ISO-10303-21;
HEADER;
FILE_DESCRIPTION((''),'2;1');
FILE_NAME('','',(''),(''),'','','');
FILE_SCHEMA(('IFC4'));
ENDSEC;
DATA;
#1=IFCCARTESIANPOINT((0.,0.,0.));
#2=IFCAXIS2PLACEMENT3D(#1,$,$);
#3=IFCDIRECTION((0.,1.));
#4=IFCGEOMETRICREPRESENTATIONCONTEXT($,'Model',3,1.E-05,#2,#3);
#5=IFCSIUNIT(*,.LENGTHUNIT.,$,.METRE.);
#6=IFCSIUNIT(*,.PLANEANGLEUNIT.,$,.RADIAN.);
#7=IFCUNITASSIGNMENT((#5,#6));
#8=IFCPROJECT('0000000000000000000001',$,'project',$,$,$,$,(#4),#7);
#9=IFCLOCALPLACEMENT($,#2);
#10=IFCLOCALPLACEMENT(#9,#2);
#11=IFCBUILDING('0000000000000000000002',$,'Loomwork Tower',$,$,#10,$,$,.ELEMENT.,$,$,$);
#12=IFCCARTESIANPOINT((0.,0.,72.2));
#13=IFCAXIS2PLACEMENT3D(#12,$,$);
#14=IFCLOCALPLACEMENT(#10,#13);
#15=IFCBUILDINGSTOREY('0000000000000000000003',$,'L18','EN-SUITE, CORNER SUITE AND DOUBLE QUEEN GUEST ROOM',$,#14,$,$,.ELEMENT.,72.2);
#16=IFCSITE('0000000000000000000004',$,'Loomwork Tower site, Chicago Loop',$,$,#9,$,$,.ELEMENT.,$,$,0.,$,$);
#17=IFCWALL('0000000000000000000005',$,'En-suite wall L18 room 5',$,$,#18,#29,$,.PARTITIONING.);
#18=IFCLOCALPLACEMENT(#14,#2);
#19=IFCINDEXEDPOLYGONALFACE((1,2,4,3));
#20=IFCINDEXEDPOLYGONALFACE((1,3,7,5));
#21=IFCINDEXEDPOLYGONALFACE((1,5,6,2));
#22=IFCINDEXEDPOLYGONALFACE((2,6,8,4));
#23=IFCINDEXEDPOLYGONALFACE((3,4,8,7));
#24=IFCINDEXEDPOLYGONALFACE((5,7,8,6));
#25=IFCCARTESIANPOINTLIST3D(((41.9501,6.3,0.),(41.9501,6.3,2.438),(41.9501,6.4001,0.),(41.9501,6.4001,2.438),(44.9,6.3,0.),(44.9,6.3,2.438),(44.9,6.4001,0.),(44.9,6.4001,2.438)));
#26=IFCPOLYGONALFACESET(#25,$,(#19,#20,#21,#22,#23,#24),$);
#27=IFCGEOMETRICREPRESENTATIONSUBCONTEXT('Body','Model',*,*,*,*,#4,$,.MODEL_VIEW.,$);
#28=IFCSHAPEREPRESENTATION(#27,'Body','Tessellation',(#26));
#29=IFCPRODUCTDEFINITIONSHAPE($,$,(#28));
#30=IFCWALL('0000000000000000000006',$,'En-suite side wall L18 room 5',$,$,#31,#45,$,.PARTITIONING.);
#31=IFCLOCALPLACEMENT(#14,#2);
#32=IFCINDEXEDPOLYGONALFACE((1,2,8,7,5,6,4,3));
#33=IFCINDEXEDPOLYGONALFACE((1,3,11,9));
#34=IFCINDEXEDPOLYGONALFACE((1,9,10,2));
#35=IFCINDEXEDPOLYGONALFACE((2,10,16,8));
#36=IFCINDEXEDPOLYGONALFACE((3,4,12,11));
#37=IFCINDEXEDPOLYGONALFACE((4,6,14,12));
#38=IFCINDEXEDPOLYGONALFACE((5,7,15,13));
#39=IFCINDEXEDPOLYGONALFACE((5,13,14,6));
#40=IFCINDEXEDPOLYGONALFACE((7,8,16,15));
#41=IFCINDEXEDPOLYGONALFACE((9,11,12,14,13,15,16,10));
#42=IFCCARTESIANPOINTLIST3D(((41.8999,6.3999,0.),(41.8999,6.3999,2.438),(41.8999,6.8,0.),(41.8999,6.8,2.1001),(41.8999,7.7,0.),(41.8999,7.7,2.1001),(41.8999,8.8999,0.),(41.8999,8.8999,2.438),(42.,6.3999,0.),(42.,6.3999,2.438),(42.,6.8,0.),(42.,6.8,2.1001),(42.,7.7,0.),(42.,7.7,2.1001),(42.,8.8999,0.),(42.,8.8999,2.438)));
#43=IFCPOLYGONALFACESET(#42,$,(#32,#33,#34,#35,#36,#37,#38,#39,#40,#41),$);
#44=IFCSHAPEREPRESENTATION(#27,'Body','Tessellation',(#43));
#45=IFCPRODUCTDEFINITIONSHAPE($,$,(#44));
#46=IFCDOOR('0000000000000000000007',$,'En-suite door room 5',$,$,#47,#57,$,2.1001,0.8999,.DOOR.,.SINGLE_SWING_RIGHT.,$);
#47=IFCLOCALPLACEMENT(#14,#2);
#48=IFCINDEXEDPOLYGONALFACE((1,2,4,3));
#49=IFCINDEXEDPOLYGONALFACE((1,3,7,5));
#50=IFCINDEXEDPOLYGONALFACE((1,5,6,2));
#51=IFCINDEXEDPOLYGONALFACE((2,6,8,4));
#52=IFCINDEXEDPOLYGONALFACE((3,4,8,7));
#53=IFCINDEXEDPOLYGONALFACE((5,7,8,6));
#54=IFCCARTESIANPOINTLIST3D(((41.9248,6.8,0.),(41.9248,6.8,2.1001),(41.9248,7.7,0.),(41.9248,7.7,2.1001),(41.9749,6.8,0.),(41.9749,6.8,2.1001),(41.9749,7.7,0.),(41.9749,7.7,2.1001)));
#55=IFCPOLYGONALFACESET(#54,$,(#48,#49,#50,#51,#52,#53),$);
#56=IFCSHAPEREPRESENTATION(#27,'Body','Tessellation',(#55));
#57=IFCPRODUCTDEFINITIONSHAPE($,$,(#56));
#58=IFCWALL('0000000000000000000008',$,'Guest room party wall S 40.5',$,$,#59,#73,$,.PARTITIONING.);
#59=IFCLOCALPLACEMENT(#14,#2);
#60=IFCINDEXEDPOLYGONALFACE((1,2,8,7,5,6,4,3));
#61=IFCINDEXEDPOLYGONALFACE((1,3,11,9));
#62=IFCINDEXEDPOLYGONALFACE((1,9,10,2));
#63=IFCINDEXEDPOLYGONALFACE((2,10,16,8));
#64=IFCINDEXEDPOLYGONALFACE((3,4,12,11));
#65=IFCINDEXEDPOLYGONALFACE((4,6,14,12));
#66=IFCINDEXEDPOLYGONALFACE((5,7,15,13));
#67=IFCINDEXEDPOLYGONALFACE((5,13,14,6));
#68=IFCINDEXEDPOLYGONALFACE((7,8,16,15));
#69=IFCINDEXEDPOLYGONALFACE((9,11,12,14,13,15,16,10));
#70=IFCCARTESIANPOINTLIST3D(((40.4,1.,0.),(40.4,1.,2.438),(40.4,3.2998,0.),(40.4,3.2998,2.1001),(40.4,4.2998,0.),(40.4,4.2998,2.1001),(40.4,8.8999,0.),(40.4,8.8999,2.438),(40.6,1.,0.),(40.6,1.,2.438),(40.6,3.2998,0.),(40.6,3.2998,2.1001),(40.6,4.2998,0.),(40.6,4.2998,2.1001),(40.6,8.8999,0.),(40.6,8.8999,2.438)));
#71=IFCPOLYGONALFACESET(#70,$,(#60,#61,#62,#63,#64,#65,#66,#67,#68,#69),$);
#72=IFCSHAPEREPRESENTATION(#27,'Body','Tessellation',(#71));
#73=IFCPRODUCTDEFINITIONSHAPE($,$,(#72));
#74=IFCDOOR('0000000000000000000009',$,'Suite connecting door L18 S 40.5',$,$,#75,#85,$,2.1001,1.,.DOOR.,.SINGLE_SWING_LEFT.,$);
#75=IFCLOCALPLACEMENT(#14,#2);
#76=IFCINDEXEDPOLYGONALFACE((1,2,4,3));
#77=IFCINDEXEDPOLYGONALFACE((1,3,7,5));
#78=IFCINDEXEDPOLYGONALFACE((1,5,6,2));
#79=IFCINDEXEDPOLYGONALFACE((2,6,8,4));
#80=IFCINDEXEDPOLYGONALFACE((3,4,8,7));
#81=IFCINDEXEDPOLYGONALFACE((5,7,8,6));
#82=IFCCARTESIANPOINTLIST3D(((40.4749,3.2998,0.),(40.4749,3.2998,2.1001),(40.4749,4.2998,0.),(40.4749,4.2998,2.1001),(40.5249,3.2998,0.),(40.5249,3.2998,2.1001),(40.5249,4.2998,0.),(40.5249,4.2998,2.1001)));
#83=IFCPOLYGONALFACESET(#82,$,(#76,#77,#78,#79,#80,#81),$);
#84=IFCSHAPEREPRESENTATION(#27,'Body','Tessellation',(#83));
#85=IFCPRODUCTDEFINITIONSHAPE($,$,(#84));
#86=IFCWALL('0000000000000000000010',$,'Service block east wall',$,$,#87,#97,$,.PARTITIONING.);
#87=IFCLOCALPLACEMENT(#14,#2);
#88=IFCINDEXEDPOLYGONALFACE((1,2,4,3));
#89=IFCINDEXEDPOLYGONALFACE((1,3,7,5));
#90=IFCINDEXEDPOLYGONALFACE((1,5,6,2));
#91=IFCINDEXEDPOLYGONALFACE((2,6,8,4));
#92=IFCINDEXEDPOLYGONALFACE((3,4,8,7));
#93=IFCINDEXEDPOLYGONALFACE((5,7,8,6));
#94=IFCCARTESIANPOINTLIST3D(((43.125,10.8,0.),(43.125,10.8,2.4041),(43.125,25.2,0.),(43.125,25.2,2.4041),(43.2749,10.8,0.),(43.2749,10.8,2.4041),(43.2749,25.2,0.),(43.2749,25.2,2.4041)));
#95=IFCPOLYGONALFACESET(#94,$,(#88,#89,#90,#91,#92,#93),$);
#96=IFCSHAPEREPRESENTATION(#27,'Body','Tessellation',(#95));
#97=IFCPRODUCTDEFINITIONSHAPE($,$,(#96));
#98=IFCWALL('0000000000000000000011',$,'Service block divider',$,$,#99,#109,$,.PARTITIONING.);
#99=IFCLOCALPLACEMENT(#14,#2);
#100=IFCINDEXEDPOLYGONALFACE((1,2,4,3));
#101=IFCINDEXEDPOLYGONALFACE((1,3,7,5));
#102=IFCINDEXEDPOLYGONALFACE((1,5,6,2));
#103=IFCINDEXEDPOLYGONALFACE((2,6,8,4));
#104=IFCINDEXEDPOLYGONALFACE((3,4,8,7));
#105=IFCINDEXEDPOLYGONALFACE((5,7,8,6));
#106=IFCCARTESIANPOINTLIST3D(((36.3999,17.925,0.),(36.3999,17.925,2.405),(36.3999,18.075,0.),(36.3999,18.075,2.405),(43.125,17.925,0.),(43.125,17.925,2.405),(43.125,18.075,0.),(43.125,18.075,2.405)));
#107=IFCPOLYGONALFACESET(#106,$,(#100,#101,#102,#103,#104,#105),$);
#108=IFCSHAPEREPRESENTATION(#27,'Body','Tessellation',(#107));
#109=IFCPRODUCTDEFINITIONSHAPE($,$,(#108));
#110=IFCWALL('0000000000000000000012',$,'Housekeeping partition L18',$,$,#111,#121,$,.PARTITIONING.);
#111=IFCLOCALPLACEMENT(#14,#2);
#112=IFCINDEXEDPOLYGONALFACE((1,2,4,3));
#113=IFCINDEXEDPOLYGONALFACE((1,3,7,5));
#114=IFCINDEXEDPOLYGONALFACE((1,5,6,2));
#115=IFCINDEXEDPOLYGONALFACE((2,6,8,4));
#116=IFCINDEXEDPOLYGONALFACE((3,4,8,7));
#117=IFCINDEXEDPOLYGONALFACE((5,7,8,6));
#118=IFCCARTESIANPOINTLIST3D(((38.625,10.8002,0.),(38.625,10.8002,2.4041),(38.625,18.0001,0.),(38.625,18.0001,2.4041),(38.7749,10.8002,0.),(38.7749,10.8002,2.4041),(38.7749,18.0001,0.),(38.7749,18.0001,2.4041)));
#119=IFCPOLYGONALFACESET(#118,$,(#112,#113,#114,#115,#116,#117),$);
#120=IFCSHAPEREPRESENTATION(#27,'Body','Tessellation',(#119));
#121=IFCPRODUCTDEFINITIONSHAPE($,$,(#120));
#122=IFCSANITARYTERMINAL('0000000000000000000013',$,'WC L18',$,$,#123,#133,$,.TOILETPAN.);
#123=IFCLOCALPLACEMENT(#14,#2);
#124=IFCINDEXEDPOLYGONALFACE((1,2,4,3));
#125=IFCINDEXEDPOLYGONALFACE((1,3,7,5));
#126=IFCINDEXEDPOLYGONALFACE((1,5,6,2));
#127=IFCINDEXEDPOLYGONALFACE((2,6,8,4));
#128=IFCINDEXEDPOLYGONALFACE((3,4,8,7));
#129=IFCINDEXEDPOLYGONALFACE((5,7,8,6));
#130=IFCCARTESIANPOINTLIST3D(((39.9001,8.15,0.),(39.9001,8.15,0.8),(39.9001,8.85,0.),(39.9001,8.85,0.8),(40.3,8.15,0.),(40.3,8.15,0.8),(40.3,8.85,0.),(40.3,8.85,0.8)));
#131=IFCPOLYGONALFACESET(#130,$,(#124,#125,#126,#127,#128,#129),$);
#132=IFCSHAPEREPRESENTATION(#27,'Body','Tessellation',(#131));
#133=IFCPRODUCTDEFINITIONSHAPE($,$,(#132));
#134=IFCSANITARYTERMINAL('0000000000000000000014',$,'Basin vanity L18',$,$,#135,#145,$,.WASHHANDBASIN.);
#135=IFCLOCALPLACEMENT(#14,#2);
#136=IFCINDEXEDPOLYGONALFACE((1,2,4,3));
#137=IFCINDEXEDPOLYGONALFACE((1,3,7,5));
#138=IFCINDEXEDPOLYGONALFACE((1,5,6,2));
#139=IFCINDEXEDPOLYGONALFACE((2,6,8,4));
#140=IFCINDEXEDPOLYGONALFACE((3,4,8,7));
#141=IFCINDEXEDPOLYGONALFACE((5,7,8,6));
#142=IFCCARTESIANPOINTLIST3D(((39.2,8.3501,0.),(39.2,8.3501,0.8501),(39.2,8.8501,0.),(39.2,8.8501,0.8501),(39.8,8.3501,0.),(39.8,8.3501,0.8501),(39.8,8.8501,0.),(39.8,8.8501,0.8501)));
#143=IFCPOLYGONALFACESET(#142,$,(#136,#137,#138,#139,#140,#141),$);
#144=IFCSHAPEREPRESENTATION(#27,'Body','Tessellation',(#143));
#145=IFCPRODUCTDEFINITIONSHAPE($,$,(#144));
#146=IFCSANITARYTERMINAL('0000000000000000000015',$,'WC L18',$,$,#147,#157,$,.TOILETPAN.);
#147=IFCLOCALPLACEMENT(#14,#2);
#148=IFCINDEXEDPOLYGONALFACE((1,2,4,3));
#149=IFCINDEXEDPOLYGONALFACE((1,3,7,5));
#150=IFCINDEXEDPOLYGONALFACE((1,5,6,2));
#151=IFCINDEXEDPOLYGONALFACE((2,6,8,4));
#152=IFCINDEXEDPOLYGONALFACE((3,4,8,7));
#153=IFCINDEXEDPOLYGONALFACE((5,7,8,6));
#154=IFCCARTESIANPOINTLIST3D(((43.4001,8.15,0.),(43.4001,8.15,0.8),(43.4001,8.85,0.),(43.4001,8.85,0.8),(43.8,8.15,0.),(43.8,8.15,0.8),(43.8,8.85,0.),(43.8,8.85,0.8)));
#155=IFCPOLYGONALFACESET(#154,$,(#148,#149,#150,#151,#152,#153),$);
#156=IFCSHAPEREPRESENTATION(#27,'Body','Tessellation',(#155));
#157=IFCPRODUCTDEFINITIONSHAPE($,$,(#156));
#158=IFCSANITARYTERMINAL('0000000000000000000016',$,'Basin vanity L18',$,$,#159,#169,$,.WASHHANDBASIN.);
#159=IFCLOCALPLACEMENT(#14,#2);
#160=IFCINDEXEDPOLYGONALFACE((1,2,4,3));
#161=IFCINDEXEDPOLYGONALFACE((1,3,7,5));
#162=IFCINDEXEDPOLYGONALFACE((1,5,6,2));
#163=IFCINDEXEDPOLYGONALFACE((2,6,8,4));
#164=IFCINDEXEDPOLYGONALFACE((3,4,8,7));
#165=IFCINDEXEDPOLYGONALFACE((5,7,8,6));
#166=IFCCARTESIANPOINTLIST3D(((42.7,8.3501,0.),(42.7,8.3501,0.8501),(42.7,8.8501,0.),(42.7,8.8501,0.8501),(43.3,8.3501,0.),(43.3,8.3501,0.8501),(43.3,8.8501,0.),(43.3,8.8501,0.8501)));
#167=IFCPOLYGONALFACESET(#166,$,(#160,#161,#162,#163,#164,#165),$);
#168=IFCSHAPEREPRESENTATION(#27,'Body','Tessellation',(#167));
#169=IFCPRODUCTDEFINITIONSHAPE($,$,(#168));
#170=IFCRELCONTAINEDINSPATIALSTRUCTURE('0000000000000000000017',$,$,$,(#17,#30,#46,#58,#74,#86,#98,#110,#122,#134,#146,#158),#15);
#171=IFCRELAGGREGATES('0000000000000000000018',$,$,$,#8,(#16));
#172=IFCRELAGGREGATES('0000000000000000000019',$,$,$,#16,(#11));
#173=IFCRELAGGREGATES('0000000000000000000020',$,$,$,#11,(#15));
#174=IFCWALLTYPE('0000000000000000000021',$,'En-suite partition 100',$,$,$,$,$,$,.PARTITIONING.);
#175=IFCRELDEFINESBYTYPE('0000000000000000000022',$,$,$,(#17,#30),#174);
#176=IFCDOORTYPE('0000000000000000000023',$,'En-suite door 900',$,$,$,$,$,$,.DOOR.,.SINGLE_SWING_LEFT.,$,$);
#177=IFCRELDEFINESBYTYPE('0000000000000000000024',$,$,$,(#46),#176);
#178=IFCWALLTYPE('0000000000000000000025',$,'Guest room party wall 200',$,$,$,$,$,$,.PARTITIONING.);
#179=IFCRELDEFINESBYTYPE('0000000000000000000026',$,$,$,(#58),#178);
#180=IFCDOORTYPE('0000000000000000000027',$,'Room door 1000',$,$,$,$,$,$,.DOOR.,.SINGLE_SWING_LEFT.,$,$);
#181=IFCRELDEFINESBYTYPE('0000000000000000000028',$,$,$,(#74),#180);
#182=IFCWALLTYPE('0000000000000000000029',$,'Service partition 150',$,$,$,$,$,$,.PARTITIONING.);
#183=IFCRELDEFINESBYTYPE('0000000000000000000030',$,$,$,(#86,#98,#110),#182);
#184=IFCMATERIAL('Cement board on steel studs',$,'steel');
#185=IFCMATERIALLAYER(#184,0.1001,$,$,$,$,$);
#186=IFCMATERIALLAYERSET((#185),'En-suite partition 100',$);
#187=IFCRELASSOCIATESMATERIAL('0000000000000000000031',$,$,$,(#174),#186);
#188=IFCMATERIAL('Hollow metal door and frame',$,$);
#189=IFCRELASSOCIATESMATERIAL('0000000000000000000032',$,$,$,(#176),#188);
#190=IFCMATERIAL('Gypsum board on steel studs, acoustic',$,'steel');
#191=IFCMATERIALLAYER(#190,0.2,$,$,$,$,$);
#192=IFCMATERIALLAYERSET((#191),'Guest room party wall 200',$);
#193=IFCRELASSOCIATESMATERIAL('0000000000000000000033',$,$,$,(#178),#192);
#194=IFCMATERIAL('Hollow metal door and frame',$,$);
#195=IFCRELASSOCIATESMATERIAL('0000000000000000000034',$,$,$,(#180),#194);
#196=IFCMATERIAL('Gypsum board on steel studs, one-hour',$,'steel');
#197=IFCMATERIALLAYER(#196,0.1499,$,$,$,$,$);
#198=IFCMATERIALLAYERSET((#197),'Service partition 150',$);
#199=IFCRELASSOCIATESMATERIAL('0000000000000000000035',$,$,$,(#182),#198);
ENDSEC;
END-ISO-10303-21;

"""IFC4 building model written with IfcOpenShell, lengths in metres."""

from ifc_helpers import new_model, si_unit, direction, frame, frame_2d, origin, origin_2d, place, context, subcontext, project, spatial, rectangle, extrude, material, layer, layer_set, type_object, element, fill, save


model = new_model("IFC4")

# Units and contexts
model_context = context("Model", 3, precision=1e-05, world=origin(), true_north=direction((0.0, 1.0)))
body_context = subcontext(model_context, "Body", "Model", "MODEL_VIEW")
ifc_project = project(units=[si_unit("LENGTHUNIT", "METRE"), si_unit("PLANEANGLEUNIT", "RADIAN")], contexts=[model_context])

# Site, building, storey
site_placement = place(None, origin())
site = spatial("IfcSite", under=ifc_project, at=site_placement, Name="Loomwork Tower site, Chicago Loop", CompositionType="ELEMENT", RefElevation=0.0)
building_placement = place(site_placement, origin())
building = spatial("IfcBuilding", under=site, at=building_placement, Name="Loomwork Tower", CompositionType="ELEMENT")
storey_placement = place(building_placement, frame((0.0, 0.0, 72.2)))
storey = spatial("IfcBuildingStorey", under=building, at=storey_placement, Name="L18", Description="EN-SUITE, CORNER SUITE AND DOUBLE QUEEN GUEST ROOM", CompositionType="ELEMENT", Elevation=72.2)

# Shared definitions
ifc_material_1 = material(Name="Cement board on steel studs", Category="steel")
ifc_layer_1 = layer(ifc_material_1, 0.1001)
ifc_layer_set_1 = layer_set([ifc_layer_1], Name="En-suite partition 100")
wall_type_1 = type_object("IfcWallType", Name="En-suite partition 100", PredefinedType="PARTITIONING", material=ifc_layer_set_1)

# Shared definitions
ifc_material_2 = material(Name="Hollow metal door and frame")
door_type_1 = type_object("IfcDoorType", Name="En-suite door 900", OperationType="SINGLE_SWING_LEFT", PredefinedType="DOOR", material=ifc_material_2)

# Wall
wall_1_placement = place(storey_placement, frame((41.95, 6.3501, 0.0), z_axis=(0.0, 0.0, 1.0), x_axis=(1.0, 0.0, 0.0)))
element("IfcWall", 1, at=wall_1_placement, inside=storey, type_object=wall_type_1, Name="En-suite wall L18 room 5", PredefinedType="PARTITIONING", context=body_context, shape_type="SweptSolid", body=[
    extrude(rectangle(XDim=2.95, YDim=0.1001, at=frame_2d((1.4751, 0.0))), origin(), (0.0, 0.0, 1.0), 2.438),
])

# Walls, openings, doors
wall_2_placement = place(storey_placement, frame((41.95, 8.8999, 0.0), z_axis=(0.0, 0.0, 1.0), x_axis=(0.0, -1.0, 0.0)))
wall_2 = element("IfcWall", 2, at=wall_2_placement, inside=storey, type_object=wall_type_1, Name="En-suite side wall L18 room 5", PredefinedType="PARTITIONING", context=body_context, shape_type="SweptSolid", body=[
    extrude(rectangle(XDim=2.5, YDim=0.1001, at=frame_2d((1.25, 0.0))), origin(), (0.0, 0.0, 1.0), 2.438),
])
opening_1_placement = place(wall_2_placement, frame((1.2, 0.0, 0.0)))
opening_1 = element("IfcOpeningElement", 3, at=opening_1_placement, cuts=wall_2, PredefinedType="OPENING", context=body_context, shape_type="SweptSolid", body=[
    extrude(rectangle(XDim=0.8999, YDim=2.1001, at=frame_2d((0.45, 1.05))), frame((0.0, 0.0601, 0.0), z_axis=(0.0, -1.0, 0.0), x_axis=(1.0, 0.0, 0.0)), (0.0, 0.0, 1.0), 0.1201),
])
door_1_placement = place(opening_1_placement, origin())
door_1 = element("IfcDoor", 4, at=door_1_placement, inside=storey, type_object=door_type_1, Name="En-suite door room 5", OperationType="SINGLE_SWING_RIGHT", OverallHeight=2.1001, OverallWidth=0.8999, PredefinedType="DOOR", context=body_context, shape_type="SweptSolid", body=[
    extrude(rectangle(XDim=0.8999, YDim=2.1001, at=frame_2d((0.45, 1.05))), frame((0.0, 0.0249, 0.0), z_axis=(0.0, -1.0, 0.0), x_axis=(1.0, 0.0, 0.0)), (0.0, 0.0, 1.0), 0.05),
])
fill(opening_1, door_1)
ifc_material_3 = material(Name="Gypsum board on steel studs, acoustic", Category="steel")
ifc_layer_2 = layer(ifc_material_3, 0.2)
ifc_layer_set_2 = layer_set([ifc_layer_2], Name="Guest room party wall 200")
wall_type_2 = type_object("IfcWallType", Name="Guest room party wall 200", PredefinedType="PARTITIONING", material=ifc_layer_set_2)
wall_3_placement = place(storey_placement, frame((40.5, 8.8999, 0.0), z_axis=(0.0, 0.0, 1.0), x_axis=(0.0, -1.0, 0.0)))
wall_3 = element("IfcWall", 5, at=wall_3_placement, inside=storey, type_object=wall_type_2, Name="Guest room party wall S 40.5", PredefinedType="PARTITIONING", context=body_context, shape_type="SweptSolid", body=[
    extrude(rectangle(XDim=7.8999, YDim=0.2, at=frame_2d((3.95, 0.0))), origin(), (0.0, 0.0, 1.0), 2.438),
])
opening_2_placement = place(wall_3_placement, frame((4.6001, 0.0, 0.0)))
opening_2 = element("IfcOpeningElement", 6, at=opening_2_placement, cuts=wall_3, PredefinedType="OPENING", context=body_context, shape_type="SweptSolid", body=[
    extrude(rectangle(XDim=1.0, YDim=2.1001, at=frame_2d((0.5, 1.05))), frame((0.0, 0.1099, 0.0), z_axis=(0.0, -1.0, 0.0), x_axis=(1.0, 0.0, 0.0)), (0.0, 0.0, 1.0), 0.22),
])
ifc_material_4 = material(Name="Hollow metal door and frame")
door_type_2 = type_object("IfcDoorType", Name="Room door 1000", OperationType="SINGLE_SWING_LEFT", PredefinedType="DOOR", material=ifc_material_4)
door_2_placement = place(opening_2_placement, origin())
door_2 = element("IfcDoor", 7, at=door_2_placement, inside=storey, type_object=door_type_2, Name="Suite connecting door L18 S 40.5", OperationType="SINGLE_SWING_LEFT", OverallHeight=2.1001, OverallWidth=1.0, PredefinedType="DOOR", context=body_context, shape_type="SweptSolid", body=[
    extrude(rectangle(XDim=1.0, YDim=2.1001, at=frame_2d((0.5, 1.05))), frame((0.0, 0.0249, 0.0), z_axis=(0.0, -1.0, 0.0), x_axis=(1.0, 0.0, 0.0)), (0.0, 0.0, 1.0), 0.05),
])
fill(opening_2, door_2)

# Walls
ifc_material_5 = material(Name="Gypsum board on steel studs, one-hour", Category="steel")
ifc_layer_3 = layer(ifc_material_5, 0.1499)
ifc_layer_set_3 = layer_set([ifc_layer_3], Name="Service partition 150")
wall_type_3 = type_object("IfcWallType", Name="Service partition 150", PredefinedType="PARTITIONING", material=ifc_layer_set_3)
wall_4_placement = place(storey_placement, frame((43.2, 10.8, 0.0), z_axis=(0.0, 0.0, 1.0), x_axis=(0.0, 1.0, 0.0)))
element("IfcWall", 8, at=wall_4_placement, inside=storey, type_object=wall_type_3, Name="Service block east wall", PredefinedType="PARTITIONING", context=body_context, shape_type="SweptSolid", body=[
    extrude(rectangle(XDim=14.3999, YDim=0.1499, at=frame_2d((7.2, 0.0))), origin(), (0.0, 0.0, 1.0), 2.4041),
])
wall_5_placement = place(storey_placement, frame((36.3999, 18.0, 0.0), z_axis=(0.0, 0.0, 1.0), x_axis=(1.0, 0.0, 0.0)))
element("IfcWall", 9, at=wall_5_placement, inside=storey, type_object=wall_type_3, Name="Service block divider", PredefinedType="PARTITIONING", context=body_context, shape_type="SweptSolid", body=[
    extrude(rectangle(XDim=6.7251, YDim=0.1499, at=frame_2d((3.3625, 0.0))), origin(), (0.0, 0.0, 1.0), 2.405),
])
wall_6_placement = place(storey_placement, frame((38.7, 10.8, 0.0), z_axis=(0.0, 0.0, 1.0), x_axis=(0.0, 1.0, 0.0)))
element("IfcWall", 10, at=wall_6_placement, inside=storey, type_object=wall_type_3, Name="Housekeeping partition L18", PredefinedType="PARTITIONING", context=body_context, shape_type="SweptSolid", body=[
    extrude(rectangle(XDim=7.2, YDim=0.1499, at=frame_2d((3.6001, 0.0))), origin(), (0.0, 0.0, 1.0), 2.4041),
])

# Sanitary terminals
sanitary_terminal_1_placement = place(storey_placement, frame((40.1001, 8.5, 0.0), z_axis=(0.0, 0.0, 1.0), x_axis=(1.0, 0.0, 0.0)))
element("IfcSanitaryTerminal", 11, at=sanitary_terminal_1_placement, inside=storey, Name="WC L18", PredefinedType="TOILETPAN", context=body_context, shape_type="SweptSolid", body=[
    extrude(rectangle(XDim=0.3999, YDim=0.7, at=origin_2d()), origin(), (0.0, 0.0, 1.0), 0.8),
])
sanitary_terminal_2_placement = place(storey_placement, frame((39.5, 8.6001, 0.0), z_axis=(0.0, 0.0, 1.0), x_axis=(1.0, 0.0, 0.0)))
element("IfcSanitaryTerminal", 12, at=sanitary_terminal_2_placement, inside=storey, Name="Basin vanity L18", PredefinedType="WASHHANDBASIN", context=body_context, shape_type="SweptSolid", body=[
    extrude(rectangle(XDim=0.6001, YDim=0.5, at=origin_2d()), origin(), (0.0, 0.0, 1.0), 0.8501),
])
sanitary_terminal_3_placement = place(storey_placement, frame((43.6001, 8.5, 0.0), z_axis=(0.0, 0.0, 1.0), x_axis=(1.0, 0.0, 0.0)))
element("IfcSanitaryTerminal", 13, at=sanitary_terminal_3_placement, inside=storey, Name="WC L18", PredefinedType="TOILETPAN", context=body_context, shape_type="SweptSolid", body=[
    extrude(rectangle(XDim=0.3999, YDim=0.7, at=origin_2d()), origin(), (0.0, 0.0, 1.0), 0.8),
])
sanitary_terminal_4_placement = place(storey_placement, frame((43.0, 8.6001, 0.0), z_axis=(0.0, 0.0, 1.0), x_axis=(1.0, 0.0, 0.0)))
element("IfcSanitaryTerminal", 14, at=sanitary_terminal_4_placement, inside=storey, Name="Basin vanity L18", PredefinedType="WASHHANDBASIN", context=body_context, shape_type="SweptSolid", body=[
    extrude(rectangle(XDim=0.6001, YDim=0.5, at=origin_2d()), origin(), (0.0, 0.0, 1.0), 0.8501),
])

save(model, "model.ifc")
